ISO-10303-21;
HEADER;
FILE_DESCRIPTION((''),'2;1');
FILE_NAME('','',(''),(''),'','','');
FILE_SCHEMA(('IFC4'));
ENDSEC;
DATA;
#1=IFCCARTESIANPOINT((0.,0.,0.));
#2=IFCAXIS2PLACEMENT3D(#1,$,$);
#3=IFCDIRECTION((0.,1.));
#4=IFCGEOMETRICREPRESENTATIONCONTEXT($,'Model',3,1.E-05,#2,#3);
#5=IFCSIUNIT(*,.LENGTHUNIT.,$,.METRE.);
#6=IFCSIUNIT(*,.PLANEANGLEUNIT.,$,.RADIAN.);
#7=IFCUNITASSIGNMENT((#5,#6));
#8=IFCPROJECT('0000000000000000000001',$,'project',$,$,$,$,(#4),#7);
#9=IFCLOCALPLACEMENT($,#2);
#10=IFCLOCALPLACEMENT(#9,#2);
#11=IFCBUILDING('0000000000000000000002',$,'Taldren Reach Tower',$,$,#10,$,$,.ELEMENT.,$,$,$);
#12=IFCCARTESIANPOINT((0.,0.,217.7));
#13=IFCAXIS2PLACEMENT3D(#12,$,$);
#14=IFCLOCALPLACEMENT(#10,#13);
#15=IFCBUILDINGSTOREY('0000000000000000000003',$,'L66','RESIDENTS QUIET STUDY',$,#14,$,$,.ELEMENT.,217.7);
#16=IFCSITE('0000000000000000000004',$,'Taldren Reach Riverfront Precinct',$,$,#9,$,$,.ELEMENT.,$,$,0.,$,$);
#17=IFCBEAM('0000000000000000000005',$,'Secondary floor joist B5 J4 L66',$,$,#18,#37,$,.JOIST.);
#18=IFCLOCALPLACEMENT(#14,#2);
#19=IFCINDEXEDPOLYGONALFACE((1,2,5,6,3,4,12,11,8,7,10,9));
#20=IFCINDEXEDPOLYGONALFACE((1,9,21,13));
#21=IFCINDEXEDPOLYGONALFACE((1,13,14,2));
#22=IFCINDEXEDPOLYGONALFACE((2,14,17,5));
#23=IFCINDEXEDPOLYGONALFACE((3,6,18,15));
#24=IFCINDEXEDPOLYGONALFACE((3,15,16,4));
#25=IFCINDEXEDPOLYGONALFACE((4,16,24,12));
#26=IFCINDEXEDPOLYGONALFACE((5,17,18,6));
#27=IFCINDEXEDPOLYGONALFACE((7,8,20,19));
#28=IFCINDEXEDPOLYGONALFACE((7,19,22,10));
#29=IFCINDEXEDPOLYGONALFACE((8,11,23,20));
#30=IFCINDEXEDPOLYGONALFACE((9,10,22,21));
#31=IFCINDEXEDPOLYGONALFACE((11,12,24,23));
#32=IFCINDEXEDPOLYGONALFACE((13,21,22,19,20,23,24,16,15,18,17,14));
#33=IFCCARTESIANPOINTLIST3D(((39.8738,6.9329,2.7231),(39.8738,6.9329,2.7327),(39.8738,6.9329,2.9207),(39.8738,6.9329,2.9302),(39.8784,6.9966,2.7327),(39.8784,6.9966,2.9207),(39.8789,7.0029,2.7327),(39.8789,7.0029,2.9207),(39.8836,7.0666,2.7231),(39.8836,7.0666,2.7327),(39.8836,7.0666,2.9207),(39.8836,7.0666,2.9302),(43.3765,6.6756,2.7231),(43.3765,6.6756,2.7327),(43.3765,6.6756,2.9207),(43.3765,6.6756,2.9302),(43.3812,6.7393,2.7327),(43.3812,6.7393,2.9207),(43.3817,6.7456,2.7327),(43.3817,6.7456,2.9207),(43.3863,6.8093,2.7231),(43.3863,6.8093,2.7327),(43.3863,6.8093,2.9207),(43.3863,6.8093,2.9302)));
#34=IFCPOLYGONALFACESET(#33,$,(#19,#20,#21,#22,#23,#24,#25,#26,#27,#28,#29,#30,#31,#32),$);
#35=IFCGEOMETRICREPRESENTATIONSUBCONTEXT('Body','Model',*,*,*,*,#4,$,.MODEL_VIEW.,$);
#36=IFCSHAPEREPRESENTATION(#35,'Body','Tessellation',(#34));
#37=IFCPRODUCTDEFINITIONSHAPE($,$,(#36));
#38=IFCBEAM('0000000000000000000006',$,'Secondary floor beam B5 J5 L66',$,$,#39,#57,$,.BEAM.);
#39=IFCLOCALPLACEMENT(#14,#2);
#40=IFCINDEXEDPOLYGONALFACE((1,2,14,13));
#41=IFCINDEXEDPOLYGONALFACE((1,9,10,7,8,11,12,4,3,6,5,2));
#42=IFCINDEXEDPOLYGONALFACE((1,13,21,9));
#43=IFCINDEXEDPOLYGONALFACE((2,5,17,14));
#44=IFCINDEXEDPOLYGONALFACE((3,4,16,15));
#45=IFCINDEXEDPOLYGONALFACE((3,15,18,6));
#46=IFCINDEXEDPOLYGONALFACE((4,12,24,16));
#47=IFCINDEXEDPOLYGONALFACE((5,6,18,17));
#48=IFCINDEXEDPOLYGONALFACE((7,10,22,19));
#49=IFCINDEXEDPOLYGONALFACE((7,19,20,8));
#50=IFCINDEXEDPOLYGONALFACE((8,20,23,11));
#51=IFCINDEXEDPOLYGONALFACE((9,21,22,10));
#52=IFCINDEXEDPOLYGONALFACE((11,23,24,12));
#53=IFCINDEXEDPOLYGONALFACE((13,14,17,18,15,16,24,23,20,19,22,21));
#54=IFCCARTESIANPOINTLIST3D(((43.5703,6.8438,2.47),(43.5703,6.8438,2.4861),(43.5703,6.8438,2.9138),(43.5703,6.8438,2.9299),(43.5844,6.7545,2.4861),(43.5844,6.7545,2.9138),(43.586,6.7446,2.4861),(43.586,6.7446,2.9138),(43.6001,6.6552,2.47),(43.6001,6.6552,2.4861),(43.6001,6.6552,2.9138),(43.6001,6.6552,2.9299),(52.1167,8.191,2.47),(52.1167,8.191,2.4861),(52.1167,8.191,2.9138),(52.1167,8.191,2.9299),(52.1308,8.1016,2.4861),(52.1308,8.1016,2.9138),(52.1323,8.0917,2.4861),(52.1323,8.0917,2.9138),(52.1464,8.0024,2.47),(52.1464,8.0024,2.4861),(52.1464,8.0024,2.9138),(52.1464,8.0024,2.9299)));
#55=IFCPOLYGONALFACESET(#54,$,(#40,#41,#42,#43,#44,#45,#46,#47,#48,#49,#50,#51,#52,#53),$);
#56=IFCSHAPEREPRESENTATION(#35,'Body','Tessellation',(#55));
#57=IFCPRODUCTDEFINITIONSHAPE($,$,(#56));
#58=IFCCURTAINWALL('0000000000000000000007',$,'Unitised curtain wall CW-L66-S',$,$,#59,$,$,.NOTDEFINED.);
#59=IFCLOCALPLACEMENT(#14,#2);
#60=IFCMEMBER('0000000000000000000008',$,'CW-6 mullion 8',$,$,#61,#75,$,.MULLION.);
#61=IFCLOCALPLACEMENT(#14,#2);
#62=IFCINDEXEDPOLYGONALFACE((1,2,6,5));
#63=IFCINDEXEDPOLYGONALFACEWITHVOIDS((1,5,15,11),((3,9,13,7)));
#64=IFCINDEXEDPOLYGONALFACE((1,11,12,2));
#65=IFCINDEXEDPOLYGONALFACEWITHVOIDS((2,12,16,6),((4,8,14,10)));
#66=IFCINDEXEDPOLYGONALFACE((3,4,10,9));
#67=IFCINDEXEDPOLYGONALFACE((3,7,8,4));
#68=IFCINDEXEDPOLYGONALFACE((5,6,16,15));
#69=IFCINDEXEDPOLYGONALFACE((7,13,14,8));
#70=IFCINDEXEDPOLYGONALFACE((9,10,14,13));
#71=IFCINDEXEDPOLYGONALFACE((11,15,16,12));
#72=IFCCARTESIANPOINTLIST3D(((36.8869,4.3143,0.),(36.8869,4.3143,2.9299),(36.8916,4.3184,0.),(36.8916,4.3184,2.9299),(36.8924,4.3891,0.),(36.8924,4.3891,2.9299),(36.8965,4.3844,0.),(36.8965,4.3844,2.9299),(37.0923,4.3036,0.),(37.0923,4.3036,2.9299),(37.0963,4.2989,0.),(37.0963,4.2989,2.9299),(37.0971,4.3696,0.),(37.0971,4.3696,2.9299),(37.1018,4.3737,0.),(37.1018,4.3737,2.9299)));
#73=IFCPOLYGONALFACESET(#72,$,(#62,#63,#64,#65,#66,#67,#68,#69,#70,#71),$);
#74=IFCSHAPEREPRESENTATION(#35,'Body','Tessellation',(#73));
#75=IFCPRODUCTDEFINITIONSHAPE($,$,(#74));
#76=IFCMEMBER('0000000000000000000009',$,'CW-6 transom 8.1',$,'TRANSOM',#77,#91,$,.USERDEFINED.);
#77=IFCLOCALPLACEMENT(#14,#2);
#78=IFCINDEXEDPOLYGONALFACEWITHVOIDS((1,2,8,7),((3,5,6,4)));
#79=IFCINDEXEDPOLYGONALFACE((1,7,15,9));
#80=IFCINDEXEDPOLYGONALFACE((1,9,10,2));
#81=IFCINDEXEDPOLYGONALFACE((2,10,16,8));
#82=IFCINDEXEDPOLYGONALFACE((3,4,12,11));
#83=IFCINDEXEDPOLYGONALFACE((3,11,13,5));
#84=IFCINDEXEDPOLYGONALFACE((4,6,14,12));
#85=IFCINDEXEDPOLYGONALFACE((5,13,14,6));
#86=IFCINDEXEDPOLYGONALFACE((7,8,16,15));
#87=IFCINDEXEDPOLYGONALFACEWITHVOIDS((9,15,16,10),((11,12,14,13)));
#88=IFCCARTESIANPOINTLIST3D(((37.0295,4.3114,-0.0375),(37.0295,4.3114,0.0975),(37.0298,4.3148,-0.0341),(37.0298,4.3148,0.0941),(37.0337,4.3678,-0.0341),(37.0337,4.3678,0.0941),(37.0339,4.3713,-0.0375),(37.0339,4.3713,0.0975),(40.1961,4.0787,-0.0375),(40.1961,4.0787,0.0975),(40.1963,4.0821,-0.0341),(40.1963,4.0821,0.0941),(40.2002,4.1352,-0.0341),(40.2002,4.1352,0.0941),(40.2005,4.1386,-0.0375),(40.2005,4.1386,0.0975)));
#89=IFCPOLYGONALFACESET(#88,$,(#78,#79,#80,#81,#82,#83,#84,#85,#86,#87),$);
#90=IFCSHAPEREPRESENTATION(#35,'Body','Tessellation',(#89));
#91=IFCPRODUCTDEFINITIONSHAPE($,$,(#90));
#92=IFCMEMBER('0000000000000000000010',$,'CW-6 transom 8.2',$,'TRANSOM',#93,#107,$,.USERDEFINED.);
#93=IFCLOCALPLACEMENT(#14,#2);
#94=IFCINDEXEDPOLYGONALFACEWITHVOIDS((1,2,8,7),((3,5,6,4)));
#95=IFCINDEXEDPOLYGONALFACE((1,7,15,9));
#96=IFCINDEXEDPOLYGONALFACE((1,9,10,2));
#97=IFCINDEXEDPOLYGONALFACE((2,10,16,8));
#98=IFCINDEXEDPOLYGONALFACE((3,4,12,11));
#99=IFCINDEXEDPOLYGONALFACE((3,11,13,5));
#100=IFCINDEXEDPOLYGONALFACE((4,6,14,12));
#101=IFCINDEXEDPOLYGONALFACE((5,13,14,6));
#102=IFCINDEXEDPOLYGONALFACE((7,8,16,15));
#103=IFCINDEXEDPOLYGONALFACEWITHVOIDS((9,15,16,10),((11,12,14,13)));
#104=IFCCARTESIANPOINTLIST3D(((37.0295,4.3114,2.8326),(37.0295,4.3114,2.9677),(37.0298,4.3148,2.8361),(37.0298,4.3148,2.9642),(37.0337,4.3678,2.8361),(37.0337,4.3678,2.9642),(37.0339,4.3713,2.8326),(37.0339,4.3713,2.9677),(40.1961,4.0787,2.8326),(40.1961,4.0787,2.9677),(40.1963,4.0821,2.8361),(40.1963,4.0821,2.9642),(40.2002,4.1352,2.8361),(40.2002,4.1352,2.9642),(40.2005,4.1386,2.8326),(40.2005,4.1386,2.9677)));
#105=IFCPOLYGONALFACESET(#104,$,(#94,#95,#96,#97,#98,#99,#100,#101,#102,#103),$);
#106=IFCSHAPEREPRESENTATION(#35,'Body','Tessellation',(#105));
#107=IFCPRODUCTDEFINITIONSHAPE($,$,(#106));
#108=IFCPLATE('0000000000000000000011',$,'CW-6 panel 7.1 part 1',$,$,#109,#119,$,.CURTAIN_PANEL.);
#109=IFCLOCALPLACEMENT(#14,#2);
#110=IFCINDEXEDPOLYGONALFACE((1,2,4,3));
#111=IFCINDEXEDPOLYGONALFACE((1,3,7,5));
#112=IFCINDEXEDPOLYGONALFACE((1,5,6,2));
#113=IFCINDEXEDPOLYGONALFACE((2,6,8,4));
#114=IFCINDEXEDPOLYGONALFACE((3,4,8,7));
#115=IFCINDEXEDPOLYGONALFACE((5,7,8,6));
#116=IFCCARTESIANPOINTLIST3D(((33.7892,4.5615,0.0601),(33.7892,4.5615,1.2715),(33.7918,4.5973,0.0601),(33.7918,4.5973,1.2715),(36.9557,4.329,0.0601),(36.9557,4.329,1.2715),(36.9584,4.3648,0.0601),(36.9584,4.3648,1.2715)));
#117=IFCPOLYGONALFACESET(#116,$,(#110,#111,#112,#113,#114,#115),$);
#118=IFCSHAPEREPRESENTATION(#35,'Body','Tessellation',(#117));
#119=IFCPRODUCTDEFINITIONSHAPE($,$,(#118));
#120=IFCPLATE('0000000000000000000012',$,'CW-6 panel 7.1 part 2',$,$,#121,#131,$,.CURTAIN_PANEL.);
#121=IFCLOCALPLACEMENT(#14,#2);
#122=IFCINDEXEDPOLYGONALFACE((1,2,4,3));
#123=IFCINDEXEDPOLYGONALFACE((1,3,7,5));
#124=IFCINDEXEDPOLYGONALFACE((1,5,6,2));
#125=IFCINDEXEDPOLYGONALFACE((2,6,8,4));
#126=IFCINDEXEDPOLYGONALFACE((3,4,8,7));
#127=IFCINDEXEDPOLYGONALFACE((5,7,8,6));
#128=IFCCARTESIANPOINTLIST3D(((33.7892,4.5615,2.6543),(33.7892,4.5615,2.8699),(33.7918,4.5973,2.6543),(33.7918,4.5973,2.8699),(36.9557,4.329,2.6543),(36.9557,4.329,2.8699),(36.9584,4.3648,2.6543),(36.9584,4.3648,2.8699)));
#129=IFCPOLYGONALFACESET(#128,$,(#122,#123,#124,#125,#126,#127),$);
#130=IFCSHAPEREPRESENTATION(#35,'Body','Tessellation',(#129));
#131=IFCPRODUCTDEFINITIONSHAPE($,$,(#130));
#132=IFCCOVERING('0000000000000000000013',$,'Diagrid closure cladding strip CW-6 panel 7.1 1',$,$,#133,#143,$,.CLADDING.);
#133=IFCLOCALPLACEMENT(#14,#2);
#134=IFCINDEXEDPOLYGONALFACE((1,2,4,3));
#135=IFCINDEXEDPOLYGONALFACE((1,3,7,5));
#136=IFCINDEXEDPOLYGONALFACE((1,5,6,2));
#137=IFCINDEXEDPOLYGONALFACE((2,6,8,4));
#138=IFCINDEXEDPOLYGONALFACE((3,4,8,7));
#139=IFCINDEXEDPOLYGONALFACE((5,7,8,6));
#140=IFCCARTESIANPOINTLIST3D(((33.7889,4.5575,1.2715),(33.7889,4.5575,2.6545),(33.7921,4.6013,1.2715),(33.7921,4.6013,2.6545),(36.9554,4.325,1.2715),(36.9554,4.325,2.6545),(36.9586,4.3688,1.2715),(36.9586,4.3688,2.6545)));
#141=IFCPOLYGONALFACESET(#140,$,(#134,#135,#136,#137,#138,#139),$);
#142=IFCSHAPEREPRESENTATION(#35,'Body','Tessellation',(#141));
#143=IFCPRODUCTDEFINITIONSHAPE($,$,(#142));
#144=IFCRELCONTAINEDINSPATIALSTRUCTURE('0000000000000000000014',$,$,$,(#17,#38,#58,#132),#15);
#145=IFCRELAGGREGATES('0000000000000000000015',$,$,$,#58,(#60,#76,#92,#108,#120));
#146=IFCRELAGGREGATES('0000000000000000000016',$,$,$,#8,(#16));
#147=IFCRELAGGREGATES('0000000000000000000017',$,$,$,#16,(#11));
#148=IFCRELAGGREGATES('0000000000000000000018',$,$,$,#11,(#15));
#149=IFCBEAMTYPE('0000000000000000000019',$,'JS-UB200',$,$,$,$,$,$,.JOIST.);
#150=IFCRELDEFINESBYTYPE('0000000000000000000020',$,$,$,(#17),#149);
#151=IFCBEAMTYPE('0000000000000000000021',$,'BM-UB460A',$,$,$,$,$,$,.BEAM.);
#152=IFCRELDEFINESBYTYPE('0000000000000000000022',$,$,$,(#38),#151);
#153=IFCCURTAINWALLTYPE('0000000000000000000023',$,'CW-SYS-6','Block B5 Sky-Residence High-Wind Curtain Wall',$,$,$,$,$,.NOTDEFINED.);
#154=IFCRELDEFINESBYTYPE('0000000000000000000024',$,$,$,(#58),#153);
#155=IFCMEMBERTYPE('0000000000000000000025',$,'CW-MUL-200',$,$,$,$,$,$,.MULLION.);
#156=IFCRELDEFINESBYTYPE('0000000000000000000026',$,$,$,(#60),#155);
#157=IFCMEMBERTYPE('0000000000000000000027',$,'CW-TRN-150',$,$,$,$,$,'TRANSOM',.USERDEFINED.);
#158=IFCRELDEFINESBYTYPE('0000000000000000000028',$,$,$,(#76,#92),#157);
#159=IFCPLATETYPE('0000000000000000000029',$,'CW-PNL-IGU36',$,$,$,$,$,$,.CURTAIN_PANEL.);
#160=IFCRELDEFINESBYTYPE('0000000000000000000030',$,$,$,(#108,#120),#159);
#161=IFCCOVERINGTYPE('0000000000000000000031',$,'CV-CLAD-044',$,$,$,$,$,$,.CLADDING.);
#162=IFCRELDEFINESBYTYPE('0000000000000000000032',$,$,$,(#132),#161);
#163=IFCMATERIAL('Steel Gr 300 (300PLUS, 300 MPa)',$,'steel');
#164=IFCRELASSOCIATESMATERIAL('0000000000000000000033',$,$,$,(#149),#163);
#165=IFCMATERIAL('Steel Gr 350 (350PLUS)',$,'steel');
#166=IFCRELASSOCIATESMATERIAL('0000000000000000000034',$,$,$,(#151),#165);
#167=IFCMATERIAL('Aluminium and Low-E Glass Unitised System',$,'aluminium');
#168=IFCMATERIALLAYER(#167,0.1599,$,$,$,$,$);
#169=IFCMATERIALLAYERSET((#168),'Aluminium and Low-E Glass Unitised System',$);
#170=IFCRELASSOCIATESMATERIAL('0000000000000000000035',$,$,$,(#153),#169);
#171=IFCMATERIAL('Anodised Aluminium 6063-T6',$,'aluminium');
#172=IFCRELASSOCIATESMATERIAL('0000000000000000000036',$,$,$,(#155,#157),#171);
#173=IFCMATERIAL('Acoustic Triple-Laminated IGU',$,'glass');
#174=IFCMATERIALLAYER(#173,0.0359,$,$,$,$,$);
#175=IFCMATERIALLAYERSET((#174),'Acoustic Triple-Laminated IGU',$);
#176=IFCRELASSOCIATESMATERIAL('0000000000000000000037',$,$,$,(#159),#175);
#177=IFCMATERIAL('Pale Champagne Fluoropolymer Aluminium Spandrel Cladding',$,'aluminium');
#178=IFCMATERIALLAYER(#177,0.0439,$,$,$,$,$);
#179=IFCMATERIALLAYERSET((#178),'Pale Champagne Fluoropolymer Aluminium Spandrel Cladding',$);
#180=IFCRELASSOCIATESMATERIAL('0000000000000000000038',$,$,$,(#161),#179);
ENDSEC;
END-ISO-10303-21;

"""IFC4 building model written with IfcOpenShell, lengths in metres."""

from ifc_helpers import new_model, si_unit, direction, frame, origin, origin_2d, place, context, subcontext, project, spatial, rectangle, hollow_rectangle, i_section, extrude, source, transform, mapped, material, layer, layer_set, material_profile, profile_set, type_object, element, aggregate, save


model = new_model("IFC4")

# Units and contexts
model_context = context("Model", 3, precision=1e-05, world=origin(), true_north=direction((0.0, 1.0)))
body_context = subcontext(model_context, "Body", "Model", "MODEL_VIEW")
ifc_project = project(units=[si_unit("LENGTHUNIT", "METRE"), si_unit("PLANEANGLEUNIT", "RADIAN")], contexts=[model_context])

# Site, building, storey
site_placement = place(None, origin())
site = spatial("IfcSite", under=ifc_project, at=site_placement, Name="Taldren Reach Riverfront Precinct", CompositionType="ELEMENT", RefElevation=0.0)
building_placement = place(site_placement, origin())
building = spatial("IfcBuilding", under=site, at=building_placement, Name="Taldren Reach Tower", CompositionType="ELEMENT")
storey_placement = place(building_placement, frame((0.0, 0.0, 217.7)))
storey = spatial("IfcBuildingStorey", under=building, at=storey_placement, Name="L66", Description="RESIDENTS QUIET STUDY", CompositionType="ELEMENT", Elevation=217.7)

# Shared definitions
ifc_material_1 = material(Name="Steel Gr 350 (350PLUS)", Category="steel")

# Beams
ifc_material_2 = material(Name="Steel Gr 300 (300PLUS, 300 MPa)", Category="steel")
ifc_material_profile_1 = material_profile(ifc_material_2, i_section(OverallWidth=0.134, OverallDepth=0.207, WebThickness=0.0063, FlangeThickness=0.0095, at=origin_2d()), Name="200UB29.8")
ifc_profile_set_1 = profile_set([ifc_material_profile_1], Name="Steel Gr 300 (300PLUS, 300 MPa)")
beam_type_1 = type_object("IfcBeamType", Name="JS-UB200", PredefinedType="JOIST", material=ifc_profile_set_1)
shared_shape_1 = source(origin(), body_context, "Body", "SweptSolid", [
    extrude(i_section(OverallWidth=0.134, OverallDepth=0.207, WebThickness=0.0063, FlangeThickness=0.0095, at=origin_2d()), origin(), (0.0, 0.0, 1.0), 3.5122),
])
beam_1_placement = place(storey_placement, frame((39.8787, 6.9998, 2.8267), z_axis=(0.997312, -0.073267, 0.0), x_axis=(0.073267, 0.997312, 0.0)))
element("IfcBeam", 1, at=beam_1_placement, inside=storey, type_object=beam_type_1, Name="Secondary floor joist B5 J4 L66", PredefinedType="JOIST", context=body_context, shape_type="MappedRepresentation", body=[
    mapped(shared_shape_1, transform((0.0, 0.0, 0.0), scale=1.0)),
])
ifc_material_profile_2 = material_profile(ifc_material_1, i_section(OverallWidth=0.1909, OverallDepth=0.46, WebThickness=0.01, FlangeThickness=0.0161, at=origin_2d()), Name="460UB82.1")
ifc_profile_set_2 = profile_set([ifc_material_profile_2], Name="Steel Gr 350 (350PLUS)")
beam_type_2 = type_object("IfcBeamType", Name="BM-UB460A", PredefinedType="BEAM", material=ifc_profile_set_2)
shared_shape_2 = source(origin(), body_context, "Body", "SweptSolid", [
    extrude(i_section(OverallWidth=0.1909, OverallDepth=0.46, WebThickness=0.01, FlangeThickness=0.0161, at=origin_2d()), origin(), (0.0, 0.0, 1.0), 8.6519),
])
beam_2_placement = place(storey_placement, frame((43.5852, 6.7495, 2.7), z_axis=(0.987803, 0.155708, 0.0), x_axis=(-0.155708, 0.987803, 0.0)))
element("IfcBeam", 2, at=beam_2_placement, inside=storey, type_object=beam_type_2, Name="Secondary floor beam B5 J5 L66", PredefinedType="BEAM", context=body_context, shape_type="MappedRepresentation", body=[
    mapped(shared_shape_2, transform((0.0, 0.0, 0.0), scale=1.0)),
])

# Curtain wall, members, plates
ifc_material_3 = material(Name="Aluminium and Low-E Glass Unitised System", Category="aluminium")
ifc_layer_1 = layer(ifc_material_3, 0.1599)
ifc_layer_set_1 = layer_set([ifc_layer_1], Name="Aluminium and Low-E Glass Unitised System")
curtain_wall_type = type_object("IfcCurtainWallType", Name="CW-SYS-6", Description="Block B5 Sky-Residence High-Wind Curtain Wall", PredefinedType="NOTDEFINED", material=ifc_layer_set_1)
curtain_wall_placement = place(storey_placement, origin())
curtain_wall = element("IfcCurtainWall", 3, at=curtain_wall_placement, inside=storey, type_object=curtain_wall_type, Name="Unitised curtain wall CW-L66-S", PredefinedType="NOTDEFINED")
ifc_material_4 = material(Name="Anodised Aluminium 6063-T6", Category="aluminium")
ifc_material_profile_3 = material_profile(ifc_material_4, hollow_rectangle(XDim=0.075, YDim=0.21, WallThickness=0.0044, at=origin_2d()), Name="ALU-210x75x4.5RHS")
ifc_profile_set_3 = profile_set([ifc_material_profile_3], Name="Anodised Aluminium 6063-T6")
member_type_1 = type_object("IfcMemberType", Name="CW-MUL-200", PredefinedType="MULLION", material=ifc_profile_set_3)
shared_shape_3 = source(origin(), body_context, "Body", "SweptSolid", [
    extrude(hollow_rectangle(XDim=0.075, YDim=0.21, WallThickness=0.0044, at=origin_2d()), origin(), (0.0, 0.0, 1.0), 2.9299),
])
member_1_placement = place(storey_placement, frame((36.9944, 4.344, 0.0), z_axis=(0.0, 0.0, 1.0), x_axis=(0.073238, 0.997314, 0.0)))
member_1 = element("IfcMember", 4, at=member_1_placement, type_object=member_type_1, Name="CW-6 mullion 8", PredefinedType="MULLION", context=body_context, shape_type="MappedRepresentation", body=[
    mapped(shared_shape_3, transform((0.0, 0.0, 0.0), scale=1.0)),
])
ifc_material_profile_4 = material_profile(ifc_material_4, hollow_rectangle(XDim=0.0601, YDim=0.135, WallThickness=0.0034, at=origin_2d()), Name="ALU-135x60x3.5RHS")
ifc_profile_set_4 = profile_set([ifc_material_profile_4], Name="Anodised Aluminium 6063-T6")
member_type_2 = type_object("IfcMemberType", Name="CW-TRN-150", ElementType="TRANSOM", PredefinedType="USERDEFINED", material=ifc_profile_set_4)
shared_shape_4 = source(origin(), body_context, "Body", "SweptSolid", [
    extrude(hollow_rectangle(XDim=0.0601, YDim=0.135, WallThickness=0.0034, at=origin_2d()), origin(), (0.0, 0.0, 1.0), 3.175),
])
member_2_placement = place(storey_placement, frame((37.0317, 4.3413, 0.03), z_axis=(0.997311, -0.07328, 0.0), x_axis=(0.07328, 0.997311, 0.0)))
member_2 = element("IfcMember", 5, at=member_2_placement, type_object=member_type_2, Name="CW-6 transom 8.1", ObjectType="TRANSOM", PredefinedType="USERDEFINED", context=body_context, shape_type="MappedRepresentation", body=[
    mapped(shared_shape_4, transform((0.0, 0.0, 0.0), scale=1.0)),
])
member_3_placement = place(storey_placement, frame((37.0317, 4.3413, 2.9001), z_axis=(0.997311, -0.07328, 0.0), x_axis=(0.07328, 0.997311, 0.0)))
member_3 = element("IfcMember", 6, at=member_3_placement, type_object=member_type_2, Name="CW-6 transom 8.2", ObjectType="TRANSOM", PredefinedType="USERDEFINED", context=body_context, shape_type="MappedRepresentation", body=[
    mapped(shared_shape_4, transform((0.0, 0.0, 0.0), scale=1.0)),
])
ifc_material_5 = material(Name="Acoustic Triple-Laminated IGU", Category="glass")
ifc_layer_2 = layer(ifc_material_5, 0.0359)
ifc_layer_set_2 = layer_set([ifc_layer_2], Name="Acoustic Triple-Laminated IGU")
plate_type = type_object("IfcPlateType", Name="CW-PNL-IGU36", PredefinedType="CURTAIN_PANEL", material=ifc_layer_set_2)
shared_shape_5 = source(origin(), body_context, "Body", "SweptSolid", [
    extrude(rectangle(XDim=3.175, YDim=0.0359, at=origin_2d()), origin(), (0.0, 0.0, 1.0), 1.2114),
])
plate_1_placement = place(storey_placement, frame((35.3738, 4.4631, 0.0601), z_axis=(0.0, 0.0, 1.0), x_axis=(0.997314, -0.073238, 0.0)))
plate_1 = element("IfcPlate", 7, at=plate_1_placement, type_object=plate_type, Name="CW-6 panel 7.1 part 1", PredefinedType="CURTAIN_PANEL", context=body_context, shape_type="MappedRepresentation", body=[
    mapped(shared_shape_5, transform((0.0, 0.0, 0.0), scale=1.0)),
])
shared_shape_6 = source(origin(), body_context, "Body", "SweptSolid", [
    extrude(rectangle(XDim=3.175, YDim=0.0359, at=origin_2d()), origin(), (0.0, 0.0, 1.0), 0.2156),
])
plate_2_placement = place(storey_placement, frame((35.3738, 4.4631, 2.6543), z_axis=(0.0, 0.0, 1.0), x_axis=(0.997314, -0.073238, 0.0)))
plate_2 = element("IfcPlate", 8, at=plate_2_placement, type_object=plate_type, Name="CW-6 panel 7.1 part 2", PredefinedType="CURTAIN_PANEL", context=body_context, shape_type="MappedRepresentation", body=[
    mapped(shared_shape_6, transform((0.0, 0.0, 0.0), scale=1.0)),
])
aggregate(curtain_wall, [member_1, member_2, member_3, plate_1, plate_2])

# Covering
ifc_material_6 = material(Name="Pale Champagne Fluoropolymer Aluminium Spandrel Cladding", Category="aluminium")
ifc_layer_3 = layer(ifc_material_6, 0.0439)
ifc_layer_set_3 = layer_set([ifc_layer_3], Name="Pale Champagne Fluoropolymer Aluminium Spandrel Cladding")
covering_type = type_object("IfcCoveringType", Name="CV-CLAD-044", PredefinedType="CLADDING", material=ifc_layer_set_3)
shared_shape_7 = source(origin(), body_context, "Body", "SweptSolid", [
    extrude(rectangle(XDim=3.175, YDim=0.0439, at=origin_2d()), origin(), (0.0, 0.0, 1.0), 1.3831),
])
covering_placement = place(storey_placement, frame((35.3738, 4.4631, 1.2715), z_axis=(0.0, 0.0, 1.0), x_axis=(0.997314, -0.073238, 0.0)))
element("IfcCovering", 9, at=covering_placement, inside=storey, type_object=covering_type, Name="Diagrid closure cladding strip CW-6 panel 7.1 1", PredefinedType="CLADDING", context=body_context, shape_type="MappedRepresentation", body=[
    mapped(shared_shape_7, transform((0.0, 0.0, 0.0), scale=1.0)),
])

save(model, "model.ifc")
